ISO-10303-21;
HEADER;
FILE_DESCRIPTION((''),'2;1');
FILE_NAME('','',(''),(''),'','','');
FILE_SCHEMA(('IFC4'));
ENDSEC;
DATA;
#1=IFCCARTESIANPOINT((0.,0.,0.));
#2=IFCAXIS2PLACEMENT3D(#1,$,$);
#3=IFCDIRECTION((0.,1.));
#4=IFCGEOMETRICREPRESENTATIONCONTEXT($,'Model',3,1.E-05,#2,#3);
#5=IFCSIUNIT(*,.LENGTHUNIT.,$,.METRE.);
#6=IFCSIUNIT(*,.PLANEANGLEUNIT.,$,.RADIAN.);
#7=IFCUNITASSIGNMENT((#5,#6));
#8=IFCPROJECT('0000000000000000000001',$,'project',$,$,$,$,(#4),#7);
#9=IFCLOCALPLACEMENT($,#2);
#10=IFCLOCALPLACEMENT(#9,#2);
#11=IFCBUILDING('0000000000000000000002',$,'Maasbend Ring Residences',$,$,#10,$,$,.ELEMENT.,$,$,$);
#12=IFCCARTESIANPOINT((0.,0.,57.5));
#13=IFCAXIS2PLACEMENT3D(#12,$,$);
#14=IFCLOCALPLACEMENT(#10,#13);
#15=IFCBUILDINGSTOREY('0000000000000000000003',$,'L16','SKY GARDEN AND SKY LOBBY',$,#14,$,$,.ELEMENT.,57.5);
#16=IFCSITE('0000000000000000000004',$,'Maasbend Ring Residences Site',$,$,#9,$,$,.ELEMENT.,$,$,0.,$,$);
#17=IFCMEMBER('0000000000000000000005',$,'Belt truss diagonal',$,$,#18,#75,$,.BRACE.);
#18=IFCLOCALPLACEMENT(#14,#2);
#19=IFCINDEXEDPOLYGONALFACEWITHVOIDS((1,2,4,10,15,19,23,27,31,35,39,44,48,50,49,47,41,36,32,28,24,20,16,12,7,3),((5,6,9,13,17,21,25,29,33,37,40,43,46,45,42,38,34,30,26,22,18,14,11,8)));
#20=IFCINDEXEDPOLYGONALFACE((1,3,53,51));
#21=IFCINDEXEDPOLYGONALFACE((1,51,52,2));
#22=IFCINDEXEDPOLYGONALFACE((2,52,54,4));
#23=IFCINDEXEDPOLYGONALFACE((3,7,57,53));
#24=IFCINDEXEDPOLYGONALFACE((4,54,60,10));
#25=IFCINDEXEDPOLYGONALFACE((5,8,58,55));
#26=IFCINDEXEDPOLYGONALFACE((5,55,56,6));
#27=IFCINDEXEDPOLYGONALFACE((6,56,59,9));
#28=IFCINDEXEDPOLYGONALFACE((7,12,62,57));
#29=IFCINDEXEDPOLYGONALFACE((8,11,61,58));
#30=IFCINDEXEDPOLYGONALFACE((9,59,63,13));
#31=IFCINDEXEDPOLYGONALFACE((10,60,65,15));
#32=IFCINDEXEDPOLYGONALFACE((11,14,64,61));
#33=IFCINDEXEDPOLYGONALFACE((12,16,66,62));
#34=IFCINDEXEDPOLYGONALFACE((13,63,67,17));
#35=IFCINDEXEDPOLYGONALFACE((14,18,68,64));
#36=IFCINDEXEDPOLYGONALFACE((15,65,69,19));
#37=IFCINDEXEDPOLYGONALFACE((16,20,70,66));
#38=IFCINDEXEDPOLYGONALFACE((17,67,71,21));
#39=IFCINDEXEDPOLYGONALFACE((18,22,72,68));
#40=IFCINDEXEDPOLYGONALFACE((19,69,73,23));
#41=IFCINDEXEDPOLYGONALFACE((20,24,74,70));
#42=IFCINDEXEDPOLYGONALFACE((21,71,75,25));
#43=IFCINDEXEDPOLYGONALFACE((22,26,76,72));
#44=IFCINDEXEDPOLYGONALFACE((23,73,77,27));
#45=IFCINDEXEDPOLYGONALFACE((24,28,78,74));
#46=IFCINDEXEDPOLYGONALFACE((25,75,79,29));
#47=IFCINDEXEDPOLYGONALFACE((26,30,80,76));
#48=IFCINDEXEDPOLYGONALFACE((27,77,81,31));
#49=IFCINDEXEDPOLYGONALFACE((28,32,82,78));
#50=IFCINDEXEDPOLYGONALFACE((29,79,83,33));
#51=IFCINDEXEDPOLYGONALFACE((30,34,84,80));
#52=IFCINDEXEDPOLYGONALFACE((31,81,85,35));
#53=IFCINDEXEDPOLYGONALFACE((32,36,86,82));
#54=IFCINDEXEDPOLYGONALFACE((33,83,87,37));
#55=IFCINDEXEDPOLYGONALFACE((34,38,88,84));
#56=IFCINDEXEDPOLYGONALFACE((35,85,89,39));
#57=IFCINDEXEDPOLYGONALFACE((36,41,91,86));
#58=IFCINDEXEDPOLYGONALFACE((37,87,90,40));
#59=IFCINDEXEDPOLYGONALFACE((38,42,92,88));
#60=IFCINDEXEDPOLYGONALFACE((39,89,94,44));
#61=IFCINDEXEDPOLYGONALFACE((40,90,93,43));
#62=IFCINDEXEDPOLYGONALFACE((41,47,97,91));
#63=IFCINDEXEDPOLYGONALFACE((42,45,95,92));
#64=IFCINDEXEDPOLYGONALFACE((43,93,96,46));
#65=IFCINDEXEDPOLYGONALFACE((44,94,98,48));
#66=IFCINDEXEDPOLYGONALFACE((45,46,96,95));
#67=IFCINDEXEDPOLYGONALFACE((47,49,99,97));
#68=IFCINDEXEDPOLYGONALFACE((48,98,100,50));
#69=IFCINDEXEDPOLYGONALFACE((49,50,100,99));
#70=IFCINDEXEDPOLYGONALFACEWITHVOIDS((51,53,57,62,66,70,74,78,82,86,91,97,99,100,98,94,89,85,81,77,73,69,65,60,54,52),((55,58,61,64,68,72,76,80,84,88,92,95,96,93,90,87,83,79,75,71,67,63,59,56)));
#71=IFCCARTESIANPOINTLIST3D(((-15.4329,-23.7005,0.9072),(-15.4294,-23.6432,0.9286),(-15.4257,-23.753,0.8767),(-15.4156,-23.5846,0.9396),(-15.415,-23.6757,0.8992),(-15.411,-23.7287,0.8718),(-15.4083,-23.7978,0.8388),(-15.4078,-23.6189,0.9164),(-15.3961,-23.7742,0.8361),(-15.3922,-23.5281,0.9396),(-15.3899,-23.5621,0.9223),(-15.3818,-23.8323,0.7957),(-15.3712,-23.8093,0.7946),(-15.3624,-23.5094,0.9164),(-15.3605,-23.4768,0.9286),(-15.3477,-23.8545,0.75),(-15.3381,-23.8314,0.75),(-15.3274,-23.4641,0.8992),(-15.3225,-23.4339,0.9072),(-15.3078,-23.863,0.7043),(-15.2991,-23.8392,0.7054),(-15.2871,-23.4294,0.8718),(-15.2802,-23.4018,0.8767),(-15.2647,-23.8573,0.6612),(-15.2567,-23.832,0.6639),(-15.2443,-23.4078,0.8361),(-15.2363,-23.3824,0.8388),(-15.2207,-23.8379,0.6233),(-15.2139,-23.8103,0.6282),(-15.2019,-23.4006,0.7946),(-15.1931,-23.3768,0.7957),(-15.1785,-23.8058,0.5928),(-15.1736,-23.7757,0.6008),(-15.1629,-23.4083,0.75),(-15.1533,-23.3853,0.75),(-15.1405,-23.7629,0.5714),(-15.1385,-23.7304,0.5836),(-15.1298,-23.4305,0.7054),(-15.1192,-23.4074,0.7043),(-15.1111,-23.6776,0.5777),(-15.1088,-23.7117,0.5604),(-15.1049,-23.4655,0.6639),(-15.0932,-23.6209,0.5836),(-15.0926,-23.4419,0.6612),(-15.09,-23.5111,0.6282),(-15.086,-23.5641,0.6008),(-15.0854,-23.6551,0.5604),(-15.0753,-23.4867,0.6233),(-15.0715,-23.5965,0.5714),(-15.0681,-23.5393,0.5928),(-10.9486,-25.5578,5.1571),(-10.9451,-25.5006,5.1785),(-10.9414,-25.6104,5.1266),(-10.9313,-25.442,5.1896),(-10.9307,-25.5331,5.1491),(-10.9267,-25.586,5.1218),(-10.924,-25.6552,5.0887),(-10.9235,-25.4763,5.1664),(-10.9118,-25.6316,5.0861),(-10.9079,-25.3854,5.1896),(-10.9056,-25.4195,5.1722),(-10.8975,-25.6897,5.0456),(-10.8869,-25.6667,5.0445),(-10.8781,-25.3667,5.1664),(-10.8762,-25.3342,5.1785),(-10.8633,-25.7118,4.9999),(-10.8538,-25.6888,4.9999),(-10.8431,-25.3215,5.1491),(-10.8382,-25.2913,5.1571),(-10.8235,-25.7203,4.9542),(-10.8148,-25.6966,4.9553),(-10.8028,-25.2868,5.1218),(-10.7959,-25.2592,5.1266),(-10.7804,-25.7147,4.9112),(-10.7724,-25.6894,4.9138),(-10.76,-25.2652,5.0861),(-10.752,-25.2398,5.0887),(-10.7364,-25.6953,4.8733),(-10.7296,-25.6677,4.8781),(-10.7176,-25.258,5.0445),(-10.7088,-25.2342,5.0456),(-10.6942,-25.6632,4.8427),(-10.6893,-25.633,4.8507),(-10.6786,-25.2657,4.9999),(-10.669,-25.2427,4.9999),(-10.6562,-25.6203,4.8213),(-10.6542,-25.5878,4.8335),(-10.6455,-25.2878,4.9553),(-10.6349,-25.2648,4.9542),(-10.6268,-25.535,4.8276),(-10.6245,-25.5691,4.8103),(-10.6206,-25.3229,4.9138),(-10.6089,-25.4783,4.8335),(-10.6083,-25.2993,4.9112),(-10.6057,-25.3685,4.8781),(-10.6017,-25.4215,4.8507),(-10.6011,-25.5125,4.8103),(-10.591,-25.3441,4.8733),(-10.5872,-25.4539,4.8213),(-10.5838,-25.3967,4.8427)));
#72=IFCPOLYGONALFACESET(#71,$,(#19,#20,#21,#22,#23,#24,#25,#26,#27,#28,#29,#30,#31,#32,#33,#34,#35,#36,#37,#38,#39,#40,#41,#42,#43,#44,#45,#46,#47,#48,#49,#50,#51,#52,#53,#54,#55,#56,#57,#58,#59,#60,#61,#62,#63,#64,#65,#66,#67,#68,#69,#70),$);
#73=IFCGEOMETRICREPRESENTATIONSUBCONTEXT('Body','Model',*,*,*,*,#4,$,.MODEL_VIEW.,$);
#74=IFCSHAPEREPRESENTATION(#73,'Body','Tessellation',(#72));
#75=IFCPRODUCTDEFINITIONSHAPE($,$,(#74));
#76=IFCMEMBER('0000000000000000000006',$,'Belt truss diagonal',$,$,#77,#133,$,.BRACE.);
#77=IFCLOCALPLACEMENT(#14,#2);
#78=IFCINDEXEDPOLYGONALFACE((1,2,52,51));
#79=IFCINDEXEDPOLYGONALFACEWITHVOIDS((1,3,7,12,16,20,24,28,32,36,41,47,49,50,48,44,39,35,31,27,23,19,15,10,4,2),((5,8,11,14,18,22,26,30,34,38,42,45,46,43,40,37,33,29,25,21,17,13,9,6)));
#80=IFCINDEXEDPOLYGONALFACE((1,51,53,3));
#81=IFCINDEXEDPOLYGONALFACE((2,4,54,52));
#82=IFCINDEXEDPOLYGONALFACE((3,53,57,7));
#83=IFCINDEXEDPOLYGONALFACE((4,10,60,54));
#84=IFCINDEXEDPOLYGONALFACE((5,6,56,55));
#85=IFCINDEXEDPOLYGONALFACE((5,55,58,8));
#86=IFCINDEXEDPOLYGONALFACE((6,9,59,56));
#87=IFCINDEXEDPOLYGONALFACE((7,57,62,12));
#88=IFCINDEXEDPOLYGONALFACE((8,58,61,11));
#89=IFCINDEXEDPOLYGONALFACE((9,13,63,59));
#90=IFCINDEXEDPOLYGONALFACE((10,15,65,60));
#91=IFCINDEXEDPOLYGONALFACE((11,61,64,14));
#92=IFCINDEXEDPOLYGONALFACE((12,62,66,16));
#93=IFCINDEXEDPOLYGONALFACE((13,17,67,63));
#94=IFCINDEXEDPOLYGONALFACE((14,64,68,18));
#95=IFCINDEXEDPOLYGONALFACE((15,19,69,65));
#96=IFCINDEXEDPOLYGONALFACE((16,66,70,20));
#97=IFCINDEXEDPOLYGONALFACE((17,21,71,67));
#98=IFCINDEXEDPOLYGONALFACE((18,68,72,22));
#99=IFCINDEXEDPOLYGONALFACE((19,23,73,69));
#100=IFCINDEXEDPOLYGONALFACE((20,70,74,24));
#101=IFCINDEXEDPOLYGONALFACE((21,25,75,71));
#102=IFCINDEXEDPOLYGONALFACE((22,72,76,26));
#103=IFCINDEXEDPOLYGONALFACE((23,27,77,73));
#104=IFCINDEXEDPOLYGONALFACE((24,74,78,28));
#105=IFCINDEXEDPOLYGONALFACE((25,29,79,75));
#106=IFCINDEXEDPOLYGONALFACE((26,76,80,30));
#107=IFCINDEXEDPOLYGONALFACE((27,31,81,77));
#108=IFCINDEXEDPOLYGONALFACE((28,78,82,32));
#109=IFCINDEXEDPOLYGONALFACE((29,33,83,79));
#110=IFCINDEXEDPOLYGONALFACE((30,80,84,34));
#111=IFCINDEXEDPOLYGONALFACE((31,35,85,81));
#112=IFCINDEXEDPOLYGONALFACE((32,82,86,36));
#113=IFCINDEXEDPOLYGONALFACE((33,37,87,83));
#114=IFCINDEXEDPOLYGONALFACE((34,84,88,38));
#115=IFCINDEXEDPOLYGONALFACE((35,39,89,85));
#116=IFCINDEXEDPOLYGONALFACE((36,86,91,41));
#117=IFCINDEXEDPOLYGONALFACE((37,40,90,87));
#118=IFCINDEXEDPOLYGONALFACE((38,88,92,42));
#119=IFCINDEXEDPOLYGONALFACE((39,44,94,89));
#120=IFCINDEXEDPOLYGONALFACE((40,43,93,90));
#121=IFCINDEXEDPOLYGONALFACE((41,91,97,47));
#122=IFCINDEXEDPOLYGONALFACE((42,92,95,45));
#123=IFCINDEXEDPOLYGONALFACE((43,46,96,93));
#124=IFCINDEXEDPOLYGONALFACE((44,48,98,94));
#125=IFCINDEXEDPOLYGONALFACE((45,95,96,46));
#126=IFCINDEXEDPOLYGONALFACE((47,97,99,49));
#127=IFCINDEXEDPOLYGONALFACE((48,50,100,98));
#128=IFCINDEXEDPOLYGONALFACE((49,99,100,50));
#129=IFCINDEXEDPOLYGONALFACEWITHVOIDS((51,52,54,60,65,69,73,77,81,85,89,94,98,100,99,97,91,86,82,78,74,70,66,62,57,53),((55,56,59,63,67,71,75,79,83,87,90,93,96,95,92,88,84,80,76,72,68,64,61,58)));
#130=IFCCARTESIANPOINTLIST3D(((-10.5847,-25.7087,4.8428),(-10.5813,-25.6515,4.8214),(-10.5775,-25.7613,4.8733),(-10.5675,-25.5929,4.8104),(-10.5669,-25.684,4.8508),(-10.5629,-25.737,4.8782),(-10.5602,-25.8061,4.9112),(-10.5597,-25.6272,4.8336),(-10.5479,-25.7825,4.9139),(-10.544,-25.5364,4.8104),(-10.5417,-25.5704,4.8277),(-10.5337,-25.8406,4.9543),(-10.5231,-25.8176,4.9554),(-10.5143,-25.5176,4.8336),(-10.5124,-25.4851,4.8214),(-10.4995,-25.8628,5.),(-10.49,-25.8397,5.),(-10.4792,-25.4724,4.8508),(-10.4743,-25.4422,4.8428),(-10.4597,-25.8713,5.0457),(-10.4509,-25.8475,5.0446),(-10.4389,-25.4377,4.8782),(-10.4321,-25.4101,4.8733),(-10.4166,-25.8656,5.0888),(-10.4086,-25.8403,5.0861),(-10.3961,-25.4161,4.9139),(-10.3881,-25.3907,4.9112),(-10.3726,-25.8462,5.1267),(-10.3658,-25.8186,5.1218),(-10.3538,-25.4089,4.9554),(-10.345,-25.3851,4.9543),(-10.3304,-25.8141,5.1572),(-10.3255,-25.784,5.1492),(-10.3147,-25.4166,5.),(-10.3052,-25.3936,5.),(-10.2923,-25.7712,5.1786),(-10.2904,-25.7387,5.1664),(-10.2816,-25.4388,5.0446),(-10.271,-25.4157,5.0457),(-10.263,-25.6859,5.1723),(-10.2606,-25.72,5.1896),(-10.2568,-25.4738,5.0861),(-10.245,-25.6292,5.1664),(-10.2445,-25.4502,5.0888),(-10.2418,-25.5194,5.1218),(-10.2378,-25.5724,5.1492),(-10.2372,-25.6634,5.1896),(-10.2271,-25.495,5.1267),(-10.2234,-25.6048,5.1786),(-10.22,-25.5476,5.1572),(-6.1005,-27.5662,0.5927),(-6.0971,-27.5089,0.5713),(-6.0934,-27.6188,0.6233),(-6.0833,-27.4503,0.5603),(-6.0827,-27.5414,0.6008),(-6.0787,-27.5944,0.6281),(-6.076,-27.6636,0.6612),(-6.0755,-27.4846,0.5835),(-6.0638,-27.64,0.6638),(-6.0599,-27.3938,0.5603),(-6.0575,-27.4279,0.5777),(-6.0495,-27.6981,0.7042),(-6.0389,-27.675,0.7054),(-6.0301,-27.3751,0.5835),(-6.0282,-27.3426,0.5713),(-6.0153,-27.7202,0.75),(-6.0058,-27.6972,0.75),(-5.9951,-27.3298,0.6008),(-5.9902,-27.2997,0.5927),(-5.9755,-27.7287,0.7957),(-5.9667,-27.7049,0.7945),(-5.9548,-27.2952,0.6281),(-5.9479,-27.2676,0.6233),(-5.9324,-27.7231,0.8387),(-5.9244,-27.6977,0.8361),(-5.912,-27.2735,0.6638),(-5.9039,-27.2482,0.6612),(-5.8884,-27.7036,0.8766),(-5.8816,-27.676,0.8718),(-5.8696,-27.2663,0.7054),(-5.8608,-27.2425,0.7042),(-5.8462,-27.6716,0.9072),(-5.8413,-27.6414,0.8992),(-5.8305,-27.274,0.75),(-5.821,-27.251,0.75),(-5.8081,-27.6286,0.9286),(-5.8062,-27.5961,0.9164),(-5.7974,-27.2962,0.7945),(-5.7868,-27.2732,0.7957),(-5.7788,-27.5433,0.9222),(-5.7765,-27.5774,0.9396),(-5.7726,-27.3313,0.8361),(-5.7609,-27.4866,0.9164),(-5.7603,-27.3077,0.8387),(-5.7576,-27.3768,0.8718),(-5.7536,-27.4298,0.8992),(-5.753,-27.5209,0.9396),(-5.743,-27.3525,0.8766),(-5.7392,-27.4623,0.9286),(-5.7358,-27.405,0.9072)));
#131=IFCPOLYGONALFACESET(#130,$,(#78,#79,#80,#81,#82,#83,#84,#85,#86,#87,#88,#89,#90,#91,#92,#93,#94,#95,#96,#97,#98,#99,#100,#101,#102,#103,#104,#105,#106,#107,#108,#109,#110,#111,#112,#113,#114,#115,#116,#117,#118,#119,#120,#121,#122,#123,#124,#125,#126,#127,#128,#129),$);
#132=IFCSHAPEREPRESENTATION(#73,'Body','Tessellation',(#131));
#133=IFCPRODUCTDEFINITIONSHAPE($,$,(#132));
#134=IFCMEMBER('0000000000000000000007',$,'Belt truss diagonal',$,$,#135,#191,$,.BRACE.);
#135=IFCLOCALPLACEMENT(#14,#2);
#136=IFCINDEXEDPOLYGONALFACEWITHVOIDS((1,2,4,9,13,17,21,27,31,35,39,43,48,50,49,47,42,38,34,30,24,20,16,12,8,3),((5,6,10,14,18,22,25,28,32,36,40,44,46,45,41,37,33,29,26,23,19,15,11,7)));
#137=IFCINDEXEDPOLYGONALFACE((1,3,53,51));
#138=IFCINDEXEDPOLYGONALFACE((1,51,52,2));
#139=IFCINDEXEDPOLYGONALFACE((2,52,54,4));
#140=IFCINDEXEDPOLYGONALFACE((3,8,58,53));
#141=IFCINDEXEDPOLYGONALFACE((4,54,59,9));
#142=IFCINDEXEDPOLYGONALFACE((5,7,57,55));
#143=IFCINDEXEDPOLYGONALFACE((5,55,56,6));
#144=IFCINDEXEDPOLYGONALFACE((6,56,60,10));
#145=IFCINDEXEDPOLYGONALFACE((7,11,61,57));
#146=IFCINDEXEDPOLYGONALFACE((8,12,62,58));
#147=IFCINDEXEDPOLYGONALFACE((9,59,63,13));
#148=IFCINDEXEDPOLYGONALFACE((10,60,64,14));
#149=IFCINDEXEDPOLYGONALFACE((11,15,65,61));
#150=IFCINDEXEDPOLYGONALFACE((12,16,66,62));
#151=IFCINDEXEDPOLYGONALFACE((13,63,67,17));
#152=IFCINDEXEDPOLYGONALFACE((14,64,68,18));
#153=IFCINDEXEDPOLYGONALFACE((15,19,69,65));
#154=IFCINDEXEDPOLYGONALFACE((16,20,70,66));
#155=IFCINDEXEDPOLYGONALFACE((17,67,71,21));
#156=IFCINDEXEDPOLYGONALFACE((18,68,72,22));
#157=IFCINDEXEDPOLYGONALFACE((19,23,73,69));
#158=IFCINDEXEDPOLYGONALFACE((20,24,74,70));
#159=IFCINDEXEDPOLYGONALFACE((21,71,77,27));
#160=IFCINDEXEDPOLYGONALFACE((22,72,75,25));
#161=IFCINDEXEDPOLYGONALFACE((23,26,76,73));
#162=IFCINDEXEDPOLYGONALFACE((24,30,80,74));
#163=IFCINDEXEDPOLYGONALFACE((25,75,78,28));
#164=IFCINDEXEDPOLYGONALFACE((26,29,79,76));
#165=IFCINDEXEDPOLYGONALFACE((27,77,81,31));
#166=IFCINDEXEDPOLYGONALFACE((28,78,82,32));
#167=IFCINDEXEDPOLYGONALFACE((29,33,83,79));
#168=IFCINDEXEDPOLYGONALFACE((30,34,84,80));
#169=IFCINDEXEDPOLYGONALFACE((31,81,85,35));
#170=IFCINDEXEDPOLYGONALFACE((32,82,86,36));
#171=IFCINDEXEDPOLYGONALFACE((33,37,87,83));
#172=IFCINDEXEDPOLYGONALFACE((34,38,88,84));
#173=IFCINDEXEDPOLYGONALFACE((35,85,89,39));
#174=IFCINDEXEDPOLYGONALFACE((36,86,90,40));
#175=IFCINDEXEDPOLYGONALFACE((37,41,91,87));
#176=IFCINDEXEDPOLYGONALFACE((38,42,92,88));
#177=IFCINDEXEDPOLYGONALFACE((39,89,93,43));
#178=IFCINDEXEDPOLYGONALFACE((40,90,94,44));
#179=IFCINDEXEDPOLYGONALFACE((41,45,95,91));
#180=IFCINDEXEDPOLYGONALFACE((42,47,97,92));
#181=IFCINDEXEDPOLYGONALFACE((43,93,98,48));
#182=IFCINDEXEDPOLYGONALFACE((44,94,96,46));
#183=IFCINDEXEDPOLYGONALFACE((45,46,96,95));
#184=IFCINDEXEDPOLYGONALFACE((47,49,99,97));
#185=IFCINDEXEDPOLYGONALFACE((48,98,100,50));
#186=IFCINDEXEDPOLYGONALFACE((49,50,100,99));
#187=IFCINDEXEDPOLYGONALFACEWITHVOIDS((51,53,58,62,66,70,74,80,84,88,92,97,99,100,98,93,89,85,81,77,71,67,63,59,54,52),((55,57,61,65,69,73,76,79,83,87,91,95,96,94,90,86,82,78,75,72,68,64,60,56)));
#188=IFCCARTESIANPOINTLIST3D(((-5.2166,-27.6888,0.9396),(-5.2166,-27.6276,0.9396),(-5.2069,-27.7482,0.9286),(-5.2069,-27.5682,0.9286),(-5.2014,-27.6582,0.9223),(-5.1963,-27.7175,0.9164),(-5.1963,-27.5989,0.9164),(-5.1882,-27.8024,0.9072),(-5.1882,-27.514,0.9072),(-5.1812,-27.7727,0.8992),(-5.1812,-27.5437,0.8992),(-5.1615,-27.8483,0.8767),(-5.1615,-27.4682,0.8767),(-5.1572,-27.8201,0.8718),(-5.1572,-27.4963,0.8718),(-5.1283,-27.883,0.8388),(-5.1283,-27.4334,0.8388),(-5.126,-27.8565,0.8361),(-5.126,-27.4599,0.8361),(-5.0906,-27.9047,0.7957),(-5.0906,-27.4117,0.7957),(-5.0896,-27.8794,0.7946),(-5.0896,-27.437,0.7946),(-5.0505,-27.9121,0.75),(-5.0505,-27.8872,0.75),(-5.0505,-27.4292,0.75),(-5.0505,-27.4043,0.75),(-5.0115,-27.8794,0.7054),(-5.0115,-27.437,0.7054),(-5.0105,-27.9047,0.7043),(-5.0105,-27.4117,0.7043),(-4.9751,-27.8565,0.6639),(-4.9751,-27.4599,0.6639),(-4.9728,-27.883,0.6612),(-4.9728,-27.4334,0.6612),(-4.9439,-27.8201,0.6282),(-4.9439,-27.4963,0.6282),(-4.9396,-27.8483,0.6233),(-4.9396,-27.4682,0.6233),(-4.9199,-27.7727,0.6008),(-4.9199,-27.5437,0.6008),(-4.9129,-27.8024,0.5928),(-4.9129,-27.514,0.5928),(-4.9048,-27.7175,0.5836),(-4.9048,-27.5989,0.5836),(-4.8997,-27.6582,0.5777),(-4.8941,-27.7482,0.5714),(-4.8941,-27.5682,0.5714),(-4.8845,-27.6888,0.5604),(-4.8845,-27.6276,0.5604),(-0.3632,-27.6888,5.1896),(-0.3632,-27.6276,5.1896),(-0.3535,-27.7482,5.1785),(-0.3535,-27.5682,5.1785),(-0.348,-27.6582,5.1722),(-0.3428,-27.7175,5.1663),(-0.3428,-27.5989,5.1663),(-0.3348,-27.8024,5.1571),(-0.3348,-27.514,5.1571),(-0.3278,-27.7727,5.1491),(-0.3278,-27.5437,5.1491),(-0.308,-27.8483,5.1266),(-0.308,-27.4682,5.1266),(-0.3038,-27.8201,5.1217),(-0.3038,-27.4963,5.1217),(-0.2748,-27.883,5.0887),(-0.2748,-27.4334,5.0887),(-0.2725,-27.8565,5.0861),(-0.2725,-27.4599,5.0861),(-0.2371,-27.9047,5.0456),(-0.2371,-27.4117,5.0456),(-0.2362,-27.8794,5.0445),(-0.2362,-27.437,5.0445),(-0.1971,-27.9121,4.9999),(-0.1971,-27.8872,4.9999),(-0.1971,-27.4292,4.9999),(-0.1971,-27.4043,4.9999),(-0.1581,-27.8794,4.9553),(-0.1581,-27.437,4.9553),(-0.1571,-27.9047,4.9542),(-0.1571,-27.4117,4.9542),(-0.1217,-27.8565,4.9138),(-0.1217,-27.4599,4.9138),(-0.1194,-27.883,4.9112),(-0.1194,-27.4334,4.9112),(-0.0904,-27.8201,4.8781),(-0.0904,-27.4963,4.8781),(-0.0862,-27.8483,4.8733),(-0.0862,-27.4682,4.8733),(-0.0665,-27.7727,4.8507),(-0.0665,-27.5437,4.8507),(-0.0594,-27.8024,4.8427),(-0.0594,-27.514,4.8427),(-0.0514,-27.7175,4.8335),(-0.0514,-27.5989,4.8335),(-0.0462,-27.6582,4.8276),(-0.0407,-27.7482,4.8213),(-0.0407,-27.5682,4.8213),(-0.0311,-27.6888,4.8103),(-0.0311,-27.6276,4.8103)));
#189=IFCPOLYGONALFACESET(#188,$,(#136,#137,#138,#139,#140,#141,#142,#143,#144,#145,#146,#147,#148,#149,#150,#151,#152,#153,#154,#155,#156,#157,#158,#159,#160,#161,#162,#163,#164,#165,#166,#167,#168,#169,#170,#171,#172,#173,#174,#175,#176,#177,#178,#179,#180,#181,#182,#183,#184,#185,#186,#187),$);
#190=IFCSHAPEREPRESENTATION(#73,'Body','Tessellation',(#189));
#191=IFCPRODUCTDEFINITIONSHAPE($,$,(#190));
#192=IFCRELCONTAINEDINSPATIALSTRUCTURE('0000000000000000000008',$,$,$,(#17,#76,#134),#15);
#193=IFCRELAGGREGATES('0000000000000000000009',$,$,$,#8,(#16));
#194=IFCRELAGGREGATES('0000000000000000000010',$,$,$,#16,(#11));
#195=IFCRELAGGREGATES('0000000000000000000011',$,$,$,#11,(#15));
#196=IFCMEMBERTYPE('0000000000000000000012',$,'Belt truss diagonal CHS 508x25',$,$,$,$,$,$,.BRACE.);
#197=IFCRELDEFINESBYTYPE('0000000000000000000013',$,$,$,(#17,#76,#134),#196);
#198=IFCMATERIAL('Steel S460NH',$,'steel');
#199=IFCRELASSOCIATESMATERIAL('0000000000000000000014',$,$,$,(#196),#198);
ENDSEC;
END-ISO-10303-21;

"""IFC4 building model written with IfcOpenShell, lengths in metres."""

from ifc_helpers import new_model, si_unit, direction, frame, origin, origin_2d, place, context, subcontext, project, spatial, hollow_circle, extrude, material, material_profile, profile_set, type_object, element, save


model = new_model("IFC4")

# Units and contexts
model_context = context("Model", 3, precision=1e-05, world=origin(), true_north=direction((0.0, 1.0)))
body_context = subcontext(model_context, "Body", "Model", "MODEL_VIEW")
ifc_project = project(units=[si_unit("LENGTHUNIT", "METRE"), si_unit("PLANEANGLEUNIT", "RADIAN")], contexts=[model_context])

# Site, building, storey
site_placement = place(None, origin())
site = spatial("IfcSite", under=ifc_project, at=site_placement, Name="Maasbend Ring Residences Site", CompositionType="ELEMENT", RefElevation=0.0)
building_placement = place(site_placement, origin())
building = spatial("IfcBuilding", under=site, at=building_placement, Name="Maasbend Ring Residences", CompositionType="ELEMENT")
storey_placement = place(building_placement, frame((0.0, 0.0, 57.5)))
storey = spatial("IfcBuildingStorey", under=building, at=storey_placement, Name="L16", Description="SKY GARDEN AND SKY LOBBY", CompositionType="ELEMENT", Elevation=57.5)

# Members
ifc_material_1 = material(Name="Steel S460NH", Category="steel")
ifc_material_profile_1 = material_profile(ifc_material_1, hollow_circle(Radius=0.2539, WallThickness=0.0249, at=origin_2d()), Name="Belt truss diagonal CHS 508x25")
ifc_profile_set_1 = profile_set([ifc_material_profile_1], Name="Steel S460NH")
member_type_1 = type_object("IfcMemberType", Name="Belt truss diagonal CHS 508x25", PredefinedType="BRACE", material=ifc_profile_set_1)
for number, where, z_axis, x_axis, name in (
    (1, (-15.2505, -23.6199, 0.75), (0.695088, -0.287904, 0.658759), (0.382672, 0.923884, 0.0), "Belt truss diagonal"),
    (2, (-10.4023, -25.6282, 5.0), (0.695068, -0.287912, -0.658777), (0.382689, 0.923877, 0.0), "Belt truss diagonal"),
):
    element("IfcMember", number, at=place(storey_placement, frame(where, z_axis=z_axis, x_axis=x_axis)), inside=storey, type_object=member_type_1, Name=name, PredefinedType="BRACE", context=body_context, shape_type="SweptSolid", body=[
        extrude(hollow_circle(Radius=0.2539, WallThickness=0.0249, at=origin_2d()), origin(), (0.0, 0.0, 1.0), 6.4514),
    ])
member_placement = place(storey_placement, frame((-5.0505, -27.6582, 0.75), z_axis=(0.752333, 0.0, 0.658783), x_axis=(0.0, 1.0, 0.0)))
element("IfcMember", 3, at=member_placement, inside=storey, type_object=member_type_1, Name="Belt truss diagonal", PredefinedType="BRACE", context=body_context, shape_type="SweptSolid", body=[
    extrude(hollow_circle(Radius=0.2539, WallThickness=0.0249, at=origin_2d()), origin(), (0.0, 0.0, 1.0), 6.4512),
])

save(model, "model.ifc")
